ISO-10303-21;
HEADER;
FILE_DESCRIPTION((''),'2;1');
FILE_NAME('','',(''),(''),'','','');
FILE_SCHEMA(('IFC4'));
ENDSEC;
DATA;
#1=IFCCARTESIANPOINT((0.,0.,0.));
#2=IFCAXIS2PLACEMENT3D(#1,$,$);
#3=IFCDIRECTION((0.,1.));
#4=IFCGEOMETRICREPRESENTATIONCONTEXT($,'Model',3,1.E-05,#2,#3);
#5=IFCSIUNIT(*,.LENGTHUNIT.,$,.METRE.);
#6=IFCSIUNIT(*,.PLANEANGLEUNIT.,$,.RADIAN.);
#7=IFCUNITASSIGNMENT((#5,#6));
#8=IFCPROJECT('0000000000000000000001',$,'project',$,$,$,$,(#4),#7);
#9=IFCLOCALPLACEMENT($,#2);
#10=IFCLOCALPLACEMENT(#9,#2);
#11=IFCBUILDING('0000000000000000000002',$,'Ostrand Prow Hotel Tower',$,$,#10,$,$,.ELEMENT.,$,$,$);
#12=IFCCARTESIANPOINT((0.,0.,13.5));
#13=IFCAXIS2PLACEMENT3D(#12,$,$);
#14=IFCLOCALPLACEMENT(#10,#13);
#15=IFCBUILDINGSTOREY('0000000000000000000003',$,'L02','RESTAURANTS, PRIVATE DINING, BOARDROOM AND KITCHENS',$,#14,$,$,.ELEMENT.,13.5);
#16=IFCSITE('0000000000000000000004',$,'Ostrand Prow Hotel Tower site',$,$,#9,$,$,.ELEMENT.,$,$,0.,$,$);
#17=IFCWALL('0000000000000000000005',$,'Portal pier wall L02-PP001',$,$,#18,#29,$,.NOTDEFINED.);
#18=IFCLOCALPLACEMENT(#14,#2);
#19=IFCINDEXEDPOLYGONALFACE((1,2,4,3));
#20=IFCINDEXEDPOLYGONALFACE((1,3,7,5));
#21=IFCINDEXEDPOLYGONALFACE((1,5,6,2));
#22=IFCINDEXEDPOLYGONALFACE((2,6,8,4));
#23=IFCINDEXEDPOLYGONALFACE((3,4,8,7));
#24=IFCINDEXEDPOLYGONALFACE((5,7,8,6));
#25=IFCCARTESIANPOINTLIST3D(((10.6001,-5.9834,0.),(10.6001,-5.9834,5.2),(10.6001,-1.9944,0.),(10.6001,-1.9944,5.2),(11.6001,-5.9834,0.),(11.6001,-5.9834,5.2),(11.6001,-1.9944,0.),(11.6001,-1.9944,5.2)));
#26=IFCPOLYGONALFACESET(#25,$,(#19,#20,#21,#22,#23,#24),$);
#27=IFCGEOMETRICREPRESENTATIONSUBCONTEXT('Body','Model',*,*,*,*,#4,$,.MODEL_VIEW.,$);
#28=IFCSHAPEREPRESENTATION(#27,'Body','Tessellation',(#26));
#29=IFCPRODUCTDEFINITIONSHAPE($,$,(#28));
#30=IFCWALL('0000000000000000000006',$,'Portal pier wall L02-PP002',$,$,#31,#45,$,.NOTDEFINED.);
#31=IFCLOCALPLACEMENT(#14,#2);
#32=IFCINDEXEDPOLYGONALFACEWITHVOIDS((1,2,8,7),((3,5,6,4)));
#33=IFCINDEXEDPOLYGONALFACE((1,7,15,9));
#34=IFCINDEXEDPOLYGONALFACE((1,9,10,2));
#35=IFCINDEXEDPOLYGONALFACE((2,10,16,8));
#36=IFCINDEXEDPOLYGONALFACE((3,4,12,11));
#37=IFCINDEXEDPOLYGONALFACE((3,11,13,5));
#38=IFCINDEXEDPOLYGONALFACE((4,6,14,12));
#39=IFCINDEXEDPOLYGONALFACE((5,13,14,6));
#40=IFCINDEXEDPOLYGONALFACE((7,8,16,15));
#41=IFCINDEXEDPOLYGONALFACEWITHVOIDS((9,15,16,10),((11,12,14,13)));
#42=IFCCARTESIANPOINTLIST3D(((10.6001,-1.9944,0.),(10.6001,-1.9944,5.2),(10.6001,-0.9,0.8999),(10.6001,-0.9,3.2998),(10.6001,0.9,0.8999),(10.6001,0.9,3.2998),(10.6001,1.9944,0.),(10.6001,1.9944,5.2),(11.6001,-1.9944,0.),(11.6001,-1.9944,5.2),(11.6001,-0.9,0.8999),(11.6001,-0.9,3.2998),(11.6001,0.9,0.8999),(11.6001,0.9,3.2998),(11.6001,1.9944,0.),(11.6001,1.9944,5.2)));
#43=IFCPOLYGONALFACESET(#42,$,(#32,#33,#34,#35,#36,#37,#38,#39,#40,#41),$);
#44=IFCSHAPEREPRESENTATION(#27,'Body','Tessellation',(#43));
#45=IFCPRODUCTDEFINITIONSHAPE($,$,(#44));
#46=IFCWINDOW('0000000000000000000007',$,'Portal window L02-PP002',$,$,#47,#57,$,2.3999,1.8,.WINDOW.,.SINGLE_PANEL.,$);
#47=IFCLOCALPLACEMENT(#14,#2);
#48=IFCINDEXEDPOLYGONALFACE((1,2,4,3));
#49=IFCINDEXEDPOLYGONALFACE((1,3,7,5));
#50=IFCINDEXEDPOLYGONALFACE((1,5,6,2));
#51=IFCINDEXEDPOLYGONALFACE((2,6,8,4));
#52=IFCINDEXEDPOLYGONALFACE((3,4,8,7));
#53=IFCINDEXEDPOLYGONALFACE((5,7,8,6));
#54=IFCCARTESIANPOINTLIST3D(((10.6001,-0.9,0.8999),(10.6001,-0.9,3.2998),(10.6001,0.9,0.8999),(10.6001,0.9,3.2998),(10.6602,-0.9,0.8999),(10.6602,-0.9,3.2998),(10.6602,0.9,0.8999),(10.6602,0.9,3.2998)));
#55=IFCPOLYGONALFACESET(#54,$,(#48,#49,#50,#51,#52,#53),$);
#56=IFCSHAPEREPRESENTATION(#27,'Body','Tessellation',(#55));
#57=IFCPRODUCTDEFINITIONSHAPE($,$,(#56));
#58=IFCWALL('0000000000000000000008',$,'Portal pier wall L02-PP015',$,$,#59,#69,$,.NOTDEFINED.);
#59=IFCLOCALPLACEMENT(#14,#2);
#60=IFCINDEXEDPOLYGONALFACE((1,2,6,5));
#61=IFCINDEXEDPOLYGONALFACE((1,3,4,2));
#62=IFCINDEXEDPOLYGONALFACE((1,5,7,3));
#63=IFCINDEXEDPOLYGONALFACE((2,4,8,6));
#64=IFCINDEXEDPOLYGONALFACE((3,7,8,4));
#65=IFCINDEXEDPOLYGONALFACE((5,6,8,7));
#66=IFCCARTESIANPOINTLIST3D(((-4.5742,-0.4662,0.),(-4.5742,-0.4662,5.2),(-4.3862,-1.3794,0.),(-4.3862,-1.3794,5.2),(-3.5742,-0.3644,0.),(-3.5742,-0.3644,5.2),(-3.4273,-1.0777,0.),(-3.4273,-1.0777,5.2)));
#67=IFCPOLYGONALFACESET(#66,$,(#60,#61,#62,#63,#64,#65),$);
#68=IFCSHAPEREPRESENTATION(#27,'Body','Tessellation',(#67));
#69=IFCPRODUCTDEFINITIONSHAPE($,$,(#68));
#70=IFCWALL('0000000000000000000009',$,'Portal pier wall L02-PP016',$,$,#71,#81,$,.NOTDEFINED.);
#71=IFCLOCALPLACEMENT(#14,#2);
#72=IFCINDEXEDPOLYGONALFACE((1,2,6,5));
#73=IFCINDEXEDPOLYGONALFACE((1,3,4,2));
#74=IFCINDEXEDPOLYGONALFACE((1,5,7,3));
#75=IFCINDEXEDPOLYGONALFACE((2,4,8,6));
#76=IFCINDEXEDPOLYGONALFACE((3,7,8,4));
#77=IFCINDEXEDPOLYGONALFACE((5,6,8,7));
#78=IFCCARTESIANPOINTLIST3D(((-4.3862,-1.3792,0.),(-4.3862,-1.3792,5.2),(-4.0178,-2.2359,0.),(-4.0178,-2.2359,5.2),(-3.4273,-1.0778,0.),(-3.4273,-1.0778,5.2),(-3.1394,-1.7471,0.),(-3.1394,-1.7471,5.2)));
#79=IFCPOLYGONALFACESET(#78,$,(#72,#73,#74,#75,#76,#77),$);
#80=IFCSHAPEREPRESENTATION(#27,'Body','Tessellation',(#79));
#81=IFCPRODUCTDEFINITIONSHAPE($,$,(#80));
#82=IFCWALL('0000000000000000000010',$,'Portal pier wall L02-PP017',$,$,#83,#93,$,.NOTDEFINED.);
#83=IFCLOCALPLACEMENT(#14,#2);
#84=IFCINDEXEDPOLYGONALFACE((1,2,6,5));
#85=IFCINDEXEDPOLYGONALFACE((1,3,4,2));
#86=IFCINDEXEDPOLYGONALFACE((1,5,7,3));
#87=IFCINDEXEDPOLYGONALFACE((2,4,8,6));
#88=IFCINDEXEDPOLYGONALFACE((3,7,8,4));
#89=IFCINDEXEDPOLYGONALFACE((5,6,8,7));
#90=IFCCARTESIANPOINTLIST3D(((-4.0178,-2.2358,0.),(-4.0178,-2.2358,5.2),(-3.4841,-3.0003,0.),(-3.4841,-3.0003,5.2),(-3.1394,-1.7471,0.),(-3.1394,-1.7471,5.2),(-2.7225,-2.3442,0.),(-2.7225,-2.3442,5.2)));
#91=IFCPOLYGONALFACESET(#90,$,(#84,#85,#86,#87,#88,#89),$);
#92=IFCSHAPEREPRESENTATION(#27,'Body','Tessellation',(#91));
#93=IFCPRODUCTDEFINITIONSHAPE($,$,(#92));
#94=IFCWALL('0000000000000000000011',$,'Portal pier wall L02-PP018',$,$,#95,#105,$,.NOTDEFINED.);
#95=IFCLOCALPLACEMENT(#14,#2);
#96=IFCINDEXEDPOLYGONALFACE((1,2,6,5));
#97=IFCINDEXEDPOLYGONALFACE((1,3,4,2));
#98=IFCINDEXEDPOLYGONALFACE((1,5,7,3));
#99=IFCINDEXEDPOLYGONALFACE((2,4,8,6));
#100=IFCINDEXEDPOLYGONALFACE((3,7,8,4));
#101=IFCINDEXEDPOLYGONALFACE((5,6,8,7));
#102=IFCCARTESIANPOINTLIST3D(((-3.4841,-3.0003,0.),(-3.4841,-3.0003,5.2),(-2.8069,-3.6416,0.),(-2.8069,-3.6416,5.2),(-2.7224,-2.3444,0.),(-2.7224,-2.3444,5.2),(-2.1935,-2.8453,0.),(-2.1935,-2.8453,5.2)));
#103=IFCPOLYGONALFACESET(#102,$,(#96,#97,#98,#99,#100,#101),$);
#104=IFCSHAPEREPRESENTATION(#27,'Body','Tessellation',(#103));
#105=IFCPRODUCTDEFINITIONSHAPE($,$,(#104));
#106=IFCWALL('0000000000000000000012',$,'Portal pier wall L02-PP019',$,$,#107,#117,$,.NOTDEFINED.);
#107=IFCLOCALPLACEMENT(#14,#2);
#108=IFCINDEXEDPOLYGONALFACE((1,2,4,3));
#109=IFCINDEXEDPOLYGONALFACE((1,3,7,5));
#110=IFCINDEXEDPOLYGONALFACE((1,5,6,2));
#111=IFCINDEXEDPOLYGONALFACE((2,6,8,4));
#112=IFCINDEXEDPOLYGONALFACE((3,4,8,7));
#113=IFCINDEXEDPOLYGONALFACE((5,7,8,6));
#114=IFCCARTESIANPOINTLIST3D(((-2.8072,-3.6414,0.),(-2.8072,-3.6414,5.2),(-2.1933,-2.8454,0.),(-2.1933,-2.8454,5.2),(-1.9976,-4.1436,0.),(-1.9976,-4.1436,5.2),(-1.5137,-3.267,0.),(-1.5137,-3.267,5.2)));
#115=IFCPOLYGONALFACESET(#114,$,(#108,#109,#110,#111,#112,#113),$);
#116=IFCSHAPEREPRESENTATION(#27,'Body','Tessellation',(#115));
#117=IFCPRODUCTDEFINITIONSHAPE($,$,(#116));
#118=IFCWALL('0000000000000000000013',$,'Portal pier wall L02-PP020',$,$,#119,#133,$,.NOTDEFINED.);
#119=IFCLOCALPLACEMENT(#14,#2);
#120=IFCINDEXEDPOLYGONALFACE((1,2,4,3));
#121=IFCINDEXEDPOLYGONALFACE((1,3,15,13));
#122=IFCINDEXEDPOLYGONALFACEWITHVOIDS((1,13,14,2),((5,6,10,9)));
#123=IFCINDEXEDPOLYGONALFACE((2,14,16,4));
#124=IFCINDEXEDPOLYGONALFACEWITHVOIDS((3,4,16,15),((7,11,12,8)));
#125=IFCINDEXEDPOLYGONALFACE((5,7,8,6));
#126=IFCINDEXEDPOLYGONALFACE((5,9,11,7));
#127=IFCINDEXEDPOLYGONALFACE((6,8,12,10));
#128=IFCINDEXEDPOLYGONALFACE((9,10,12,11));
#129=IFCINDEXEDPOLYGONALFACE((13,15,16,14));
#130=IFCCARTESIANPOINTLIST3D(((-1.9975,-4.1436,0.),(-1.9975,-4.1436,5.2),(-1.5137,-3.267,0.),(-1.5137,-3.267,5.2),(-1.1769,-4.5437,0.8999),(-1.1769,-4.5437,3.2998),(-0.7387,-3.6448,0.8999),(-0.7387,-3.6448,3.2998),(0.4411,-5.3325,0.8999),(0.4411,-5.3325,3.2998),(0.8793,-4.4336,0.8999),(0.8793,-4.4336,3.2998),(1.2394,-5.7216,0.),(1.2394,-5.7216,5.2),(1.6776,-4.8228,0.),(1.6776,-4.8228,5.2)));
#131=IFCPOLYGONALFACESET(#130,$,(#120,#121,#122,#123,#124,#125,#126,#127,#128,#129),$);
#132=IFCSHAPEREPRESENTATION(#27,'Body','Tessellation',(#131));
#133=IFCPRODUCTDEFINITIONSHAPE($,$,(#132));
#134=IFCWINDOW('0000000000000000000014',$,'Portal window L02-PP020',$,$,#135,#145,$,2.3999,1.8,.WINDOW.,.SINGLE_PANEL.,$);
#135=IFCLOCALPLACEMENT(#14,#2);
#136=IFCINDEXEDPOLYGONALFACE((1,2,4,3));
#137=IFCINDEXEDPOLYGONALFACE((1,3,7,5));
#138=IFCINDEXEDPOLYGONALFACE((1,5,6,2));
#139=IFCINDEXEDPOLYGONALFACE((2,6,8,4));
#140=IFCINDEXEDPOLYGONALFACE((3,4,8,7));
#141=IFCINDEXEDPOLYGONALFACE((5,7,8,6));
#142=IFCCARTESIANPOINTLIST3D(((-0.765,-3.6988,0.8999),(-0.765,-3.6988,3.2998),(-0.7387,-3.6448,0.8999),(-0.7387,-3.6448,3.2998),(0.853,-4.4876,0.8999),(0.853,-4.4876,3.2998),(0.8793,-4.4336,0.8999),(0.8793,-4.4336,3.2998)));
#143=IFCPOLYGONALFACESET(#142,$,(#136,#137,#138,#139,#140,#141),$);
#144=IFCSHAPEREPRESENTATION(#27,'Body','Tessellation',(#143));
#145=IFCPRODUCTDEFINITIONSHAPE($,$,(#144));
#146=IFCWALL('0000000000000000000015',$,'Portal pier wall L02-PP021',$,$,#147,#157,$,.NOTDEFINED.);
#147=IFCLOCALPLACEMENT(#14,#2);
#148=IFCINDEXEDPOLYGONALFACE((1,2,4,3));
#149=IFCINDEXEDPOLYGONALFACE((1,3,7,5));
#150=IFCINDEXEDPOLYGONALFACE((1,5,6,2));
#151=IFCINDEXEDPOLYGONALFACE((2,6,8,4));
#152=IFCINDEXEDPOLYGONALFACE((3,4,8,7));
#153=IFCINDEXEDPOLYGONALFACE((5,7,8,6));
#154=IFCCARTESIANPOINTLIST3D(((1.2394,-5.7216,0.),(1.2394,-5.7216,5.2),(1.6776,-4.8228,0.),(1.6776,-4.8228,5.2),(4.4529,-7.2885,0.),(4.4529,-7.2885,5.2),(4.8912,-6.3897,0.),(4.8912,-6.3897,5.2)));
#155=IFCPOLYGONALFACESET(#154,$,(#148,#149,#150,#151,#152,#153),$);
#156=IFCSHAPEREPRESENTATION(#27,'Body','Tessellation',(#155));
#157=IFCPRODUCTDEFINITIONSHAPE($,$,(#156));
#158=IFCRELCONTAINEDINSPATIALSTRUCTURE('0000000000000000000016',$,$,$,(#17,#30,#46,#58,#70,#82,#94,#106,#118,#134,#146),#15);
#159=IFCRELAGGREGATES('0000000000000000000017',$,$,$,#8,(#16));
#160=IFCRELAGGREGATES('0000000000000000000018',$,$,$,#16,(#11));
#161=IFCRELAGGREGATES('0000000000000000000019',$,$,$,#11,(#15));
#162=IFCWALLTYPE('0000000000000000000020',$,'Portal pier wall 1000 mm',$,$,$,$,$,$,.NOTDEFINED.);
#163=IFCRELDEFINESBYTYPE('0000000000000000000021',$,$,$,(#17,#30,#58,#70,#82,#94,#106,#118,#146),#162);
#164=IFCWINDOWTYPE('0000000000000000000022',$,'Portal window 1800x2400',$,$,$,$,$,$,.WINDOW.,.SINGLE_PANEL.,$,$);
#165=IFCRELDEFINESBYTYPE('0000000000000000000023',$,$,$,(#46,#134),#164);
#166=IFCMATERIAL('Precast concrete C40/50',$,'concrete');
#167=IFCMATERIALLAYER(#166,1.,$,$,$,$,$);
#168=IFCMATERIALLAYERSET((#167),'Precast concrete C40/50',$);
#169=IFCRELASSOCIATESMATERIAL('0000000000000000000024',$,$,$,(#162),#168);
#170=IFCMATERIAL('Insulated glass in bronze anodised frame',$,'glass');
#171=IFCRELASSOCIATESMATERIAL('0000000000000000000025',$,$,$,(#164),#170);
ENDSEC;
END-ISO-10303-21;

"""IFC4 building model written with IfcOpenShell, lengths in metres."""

from ifc_helpers import new_model, si_unit, direction, frame, frame_2d, origin, place, context, subcontext, project, spatial, polyline, rectangle, outline, extrude, material, layer, layer_set, type_object, element, fill, save


model = new_model("IFC4")

# Units and contexts
model_context = context("Model", 3, precision=1e-05, world=origin(), true_north=direction((0.0, 1.0)))
body_context = subcontext(model_context, "Body", "Model", "MODEL_VIEW")
ifc_project = project(units=[si_unit("LENGTHUNIT", "METRE"), si_unit("PLANEANGLEUNIT", "RADIAN")], contexts=[model_context])

# Site, building, storey
site_placement = place(None, origin())
site = spatial("IfcSite", under=ifc_project, at=site_placement, Name="Ostrand Prow Hotel Tower site", CompositionType="ELEMENT", RefElevation=0.0)
building_placement = place(site_placement, origin())
building = spatial("IfcBuilding", under=site, at=building_placement, Name="Ostrand Prow Hotel Tower", CompositionType="ELEMENT")
storey_placement = place(building_placement, frame((0.0, 0.0, 13.5)))
storey = spatial("IfcBuildingStorey", under=building, at=storey_placement, Name="L02", Description="RESTAURANTS, PRIVATE DINING, BOARDROOM AND KITCHENS", CompositionType="ELEMENT", Elevation=13.5)

# Wall
ifc_material_1 = material(Name="Precast concrete C40/50", Category="concrete")
ifc_layer_1 = layer(ifc_material_1, 1.0)
ifc_layer_set_1 = layer_set([ifc_layer_1], Name="Precast concrete C40/50")
wall_type_1 = type_object("IfcWallType", Name="Portal pier wall 1000 mm", PredefinedType="NOTDEFINED", material=ifc_layer_set_1)
wall_1_placement = place(storey_placement, frame((11.1001, -5.9834, 0.0), z_axis=(0.0, 0.0, 1.0), x_axis=(0.0, 1.0, 0.0)))
element("IfcWall", 1, at=wall_1_placement, inside=storey, type_object=wall_type_1, Name="Portal pier wall L02-PP001", PredefinedType="NOTDEFINED", context=body_context, shape_type="SweptSolid", body=[
    extrude(outline(polyline([(0.0, -0.5), (3.989, -0.5), (3.989, 0.5), (0.0, 0.5), (0.0, -0.5)])), origin(), (0.0, 0.0, 1.0), 5.2),
])

# Wall, opening, window
wall_2_placement = place(storey_placement, frame((11.1001, -1.9944, 0.0), z_axis=(0.0, 0.0, 1.0), x_axis=(0.0, 1.0, 0.0)))
wall_2 = element("IfcWall", 2, at=wall_2_placement, inside=storey, type_object=wall_type_1, Name="Portal pier wall L02-PP002", PredefinedType="NOTDEFINED", context=body_context, shape_type="SweptSolid", body=[
    extrude(outline(polyline([(0.0, -0.5), (3.9888, -0.5), (3.9888, 0.5), (0.0, 0.5), (0.0, -0.5)])), origin(), (0.0, 0.0, 1.0), 5.2),
])
opening_1_placement = place(wall_2_placement, frame((1.0945, 0.0, 0.8999)))
opening_1 = element("IfcOpeningElement", 3, at=opening_1_placement, cuts=wall_2, PredefinedType="OPENING", context=body_context, shape_type="SweptSolid", body=[
    extrude(rectangle(XDim=1.8, YDim=2.3999, at=frame_2d((0.8999, 1.2))), frame((0.0, 0.51, 0.0), z_axis=(0.0, -1.0, 0.0), x_axis=(1.0, 0.0, 0.0)), (0.0, 0.0, 1.0), 1.02),
])
ifc_material_2 = material(Name="Insulated glass in bronze anodised frame", Category="glass")
window_type = type_object("IfcWindowType", Name="Portal window 1800x2400", PartitioningType="SINGLE_PANEL", PredefinedType="WINDOW", material=ifc_material_2)
window_1_placement = place(opening_1_placement, origin())
window_1 = element("IfcWindow", 4, at=window_1_placement, inside=storey, type_object=window_type, Name="Portal window L02-PP002", OverallHeight=2.3999, OverallWidth=1.8, PartitioningType="SINGLE_PANEL", PredefinedType="WINDOW", context=body_context, shape_type="SweptSolid", body=[
    extrude(rectangle(XDim=1.8, YDim=2.3999, at=frame_2d((0.8999, 1.2))), frame((0.0, 0.5, 0.0), z_axis=(0.0, -1.0, 0.0), x_axis=(1.0, 0.0, 0.0)), (0.0, 0.0, 1.0), 0.0601),
])
fill(opening_1, window_1)

# Walls
wall_3_placement = place(storey_placement, frame((-4.0742, -0.4153, 0.0), z_axis=(0.0, 0.0, 1.0), x_axis=(0.201711, -0.979445, 0.0)))
element("IfcWall", 5, at=wall_3_placement, inside=storey, type_object=wall_type_1, Name="Portal pier wall L02-PP015", PredefinedType="NOTDEFINED", context=body_context, shape_type="SweptSolid", body=[
    extrude(outline(polyline([(-0.051, -0.5), (0.8813, -0.5), (0.7793, 0.5), (0.051, 0.5), (-0.051, -0.5)])), origin(), (0.0, 0.0, 1.0), 5.2),
])
wall_4_placement = place(storey_placement, frame((-3.9067, -1.2285, 0.0), z_axis=(0.0, 0.0, 1.0), x_axis=(0.39509, -0.918643, 0.0)))
element("IfcWall", 6, at=wall_4_placement, inside=storey, type_object=wall_type_1, Name="Portal pier wall L02-PP016", PredefinedType="NOTDEFINED", context=body_context, shape_type="SweptSolid", body=[
    extrude(outline(polyline([(-0.051, -0.5), (0.8816, -0.5), (0.7795, 0.5), (0.051, 0.5), (-0.051, -0.5)])), origin(), (0.0, 0.0, 1.0), 5.2),
])
wall_5_placement = place(storey_placement, frame((-3.5786, -1.9915, 0.0), z_axis=(0.0, 0.0, 1.0), x_axis=(0.572416, -0.819963, 0.0)))
element("IfcWall", 7, at=wall_5_placement, inside=storey, type_object=wall_type_1, Name="Portal pier wall L02-PP017", PredefinedType="NOTDEFINED", context=body_context, shape_type="SweptSolid", body=[
    extrude(outline(polyline([(-0.051, -0.5), (0.8813, -0.5), (0.7793, 0.5), (0.051, 0.5), (-0.051, -0.5)])), origin(), (0.0, 0.0, 1.0), 5.2),
])
wall_6_placement = place(storey_placement, frame((-3.1033, -2.6724, 0.0), z_axis=(0.0, 0.0, 1.0), x_axis=(0.726099, -0.68759, 0.0)))
element("IfcWall", 8, at=wall_6_placement, inside=storey, type_object=wall_type_1, Name="Portal pier wall L02-PP018", PredefinedType="NOTDEFINED", context=body_context, shape_type="SweptSolid", body=[
    extrude(outline(polyline([(-0.051, -0.5), (0.8816, -0.5), (0.7795, 0.5), (0.051, 0.5), (-0.051, -0.5)])), origin(), (0.0, 0.0, 1.0), 5.2),
])
wall_7_placement = place(storey_placement, frame((-2.5002, -3.2434, 0.0), z_axis=(0.0, 0.0, 1.0), x_axis=(0.849778, -0.527141, 0.0)))
element("IfcWall", 9, at=wall_7_placement, inside=storey, type_object=wall_type_1, Name="Portal pier wall L02-PP019", PredefinedType="NOTDEFINED", context=body_context, shape_type="SweptSolid", body=[
    extrude(outline(polyline([(-0.051, -0.5), (0.9016, -0.5), (0.8508, 0.5), (0.051, 0.5), (-0.051, -0.5)])), origin(), (0.0, 0.0, 1.0), 5.2),
])

# Wall, opening, window
wall_8_placement = place(storey_placement, frame((-1.7556, -3.7053, 0.0), z_axis=(0.0, 0.0, 1.0), x_axis=(0.898875, -0.438206, 0.0)))
wall_8 = element("IfcWall", 10, at=wall_8_placement, inside=storey, type_object=wall_type_1, Name="Portal pier wall L02-PP020", PredefinedType="NOTDEFINED", context=body_context, shape_type="SweptSolid", body=[
    extrude(outline(polyline([(-0.0254, -0.5), (3.5757, -0.5), (3.5757, 0.5), (0.0254, 0.5), (-0.0254, -0.5)])), origin(), (0.0, 0.0, 1.0), 5.2),
])
opening_2_placement = place(wall_8_placement, frame((0.8877, 0.0, 0.8999)))
opening_2 = element("IfcOpeningElement", 11, at=opening_2_placement, cuts=wall_8, PredefinedType="OPENING", context=body_context, shape_type="SweptSolid", body=[
    extrude(rectangle(XDim=1.8, YDim=2.3999, at=frame_2d((0.8999, 1.2))), frame((0.0, 0.51, 0.0), z_axis=(0.0, -1.0, 0.0), x_axis=(1.0, 0.0, 0.0)), (0.0, 0.0, 1.0), 1.02),
])
window_2_placement = place(opening_2_placement, origin())
window_2 = element("IfcWindow", 12, at=window_2_placement, inside=storey, type_object=window_type, Name="Portal window L02-PP020", OverallHeight=2.3999, OverallWidth=1.8, PartitioningType="SINGLE_PANEL", PredefinedType="WINDOW", context=body_context, shape_type="SweptSolid", body=[
    extrude(rectangle(XDim=1.8, YDim=2.3999, at=frame_2d((0.8999, 1.2))), frame((0.0, 0.5, 0.0), z_axis=(0.0, -1.0, 0.0), x_axis=(1.0, 0.0, 0.0)), (0.0, 0.0, 1.0), 0.0601),
])
fill(opening_2, window_2)

# Wall
wall_9_placement = place(storey_placement, frame((1.4585, -5.2722, 0.0), z_axis=(0.0, 0.0, 1.0), x_axis=(0.898848, -0.438259, 0.0)))
element("IfcWall", 13, at=wall_9_placement, inside=storey, type_object=wall_type_1, Name="Portal pier wall L02-PP021", PredefinedType="NOTDEFINED", context=body_context, shape_type="SweptSolid", body=[
    extrude(outline(polyline([(0.0, -0.5), (3.5752, -0.5), (3.5752, 0.5), (0.0, 0.5), (0.0, -0.5)])), origin(), (0.0, 0.0, 1.0), 5.2),
])

save(model, "model.ifc")
